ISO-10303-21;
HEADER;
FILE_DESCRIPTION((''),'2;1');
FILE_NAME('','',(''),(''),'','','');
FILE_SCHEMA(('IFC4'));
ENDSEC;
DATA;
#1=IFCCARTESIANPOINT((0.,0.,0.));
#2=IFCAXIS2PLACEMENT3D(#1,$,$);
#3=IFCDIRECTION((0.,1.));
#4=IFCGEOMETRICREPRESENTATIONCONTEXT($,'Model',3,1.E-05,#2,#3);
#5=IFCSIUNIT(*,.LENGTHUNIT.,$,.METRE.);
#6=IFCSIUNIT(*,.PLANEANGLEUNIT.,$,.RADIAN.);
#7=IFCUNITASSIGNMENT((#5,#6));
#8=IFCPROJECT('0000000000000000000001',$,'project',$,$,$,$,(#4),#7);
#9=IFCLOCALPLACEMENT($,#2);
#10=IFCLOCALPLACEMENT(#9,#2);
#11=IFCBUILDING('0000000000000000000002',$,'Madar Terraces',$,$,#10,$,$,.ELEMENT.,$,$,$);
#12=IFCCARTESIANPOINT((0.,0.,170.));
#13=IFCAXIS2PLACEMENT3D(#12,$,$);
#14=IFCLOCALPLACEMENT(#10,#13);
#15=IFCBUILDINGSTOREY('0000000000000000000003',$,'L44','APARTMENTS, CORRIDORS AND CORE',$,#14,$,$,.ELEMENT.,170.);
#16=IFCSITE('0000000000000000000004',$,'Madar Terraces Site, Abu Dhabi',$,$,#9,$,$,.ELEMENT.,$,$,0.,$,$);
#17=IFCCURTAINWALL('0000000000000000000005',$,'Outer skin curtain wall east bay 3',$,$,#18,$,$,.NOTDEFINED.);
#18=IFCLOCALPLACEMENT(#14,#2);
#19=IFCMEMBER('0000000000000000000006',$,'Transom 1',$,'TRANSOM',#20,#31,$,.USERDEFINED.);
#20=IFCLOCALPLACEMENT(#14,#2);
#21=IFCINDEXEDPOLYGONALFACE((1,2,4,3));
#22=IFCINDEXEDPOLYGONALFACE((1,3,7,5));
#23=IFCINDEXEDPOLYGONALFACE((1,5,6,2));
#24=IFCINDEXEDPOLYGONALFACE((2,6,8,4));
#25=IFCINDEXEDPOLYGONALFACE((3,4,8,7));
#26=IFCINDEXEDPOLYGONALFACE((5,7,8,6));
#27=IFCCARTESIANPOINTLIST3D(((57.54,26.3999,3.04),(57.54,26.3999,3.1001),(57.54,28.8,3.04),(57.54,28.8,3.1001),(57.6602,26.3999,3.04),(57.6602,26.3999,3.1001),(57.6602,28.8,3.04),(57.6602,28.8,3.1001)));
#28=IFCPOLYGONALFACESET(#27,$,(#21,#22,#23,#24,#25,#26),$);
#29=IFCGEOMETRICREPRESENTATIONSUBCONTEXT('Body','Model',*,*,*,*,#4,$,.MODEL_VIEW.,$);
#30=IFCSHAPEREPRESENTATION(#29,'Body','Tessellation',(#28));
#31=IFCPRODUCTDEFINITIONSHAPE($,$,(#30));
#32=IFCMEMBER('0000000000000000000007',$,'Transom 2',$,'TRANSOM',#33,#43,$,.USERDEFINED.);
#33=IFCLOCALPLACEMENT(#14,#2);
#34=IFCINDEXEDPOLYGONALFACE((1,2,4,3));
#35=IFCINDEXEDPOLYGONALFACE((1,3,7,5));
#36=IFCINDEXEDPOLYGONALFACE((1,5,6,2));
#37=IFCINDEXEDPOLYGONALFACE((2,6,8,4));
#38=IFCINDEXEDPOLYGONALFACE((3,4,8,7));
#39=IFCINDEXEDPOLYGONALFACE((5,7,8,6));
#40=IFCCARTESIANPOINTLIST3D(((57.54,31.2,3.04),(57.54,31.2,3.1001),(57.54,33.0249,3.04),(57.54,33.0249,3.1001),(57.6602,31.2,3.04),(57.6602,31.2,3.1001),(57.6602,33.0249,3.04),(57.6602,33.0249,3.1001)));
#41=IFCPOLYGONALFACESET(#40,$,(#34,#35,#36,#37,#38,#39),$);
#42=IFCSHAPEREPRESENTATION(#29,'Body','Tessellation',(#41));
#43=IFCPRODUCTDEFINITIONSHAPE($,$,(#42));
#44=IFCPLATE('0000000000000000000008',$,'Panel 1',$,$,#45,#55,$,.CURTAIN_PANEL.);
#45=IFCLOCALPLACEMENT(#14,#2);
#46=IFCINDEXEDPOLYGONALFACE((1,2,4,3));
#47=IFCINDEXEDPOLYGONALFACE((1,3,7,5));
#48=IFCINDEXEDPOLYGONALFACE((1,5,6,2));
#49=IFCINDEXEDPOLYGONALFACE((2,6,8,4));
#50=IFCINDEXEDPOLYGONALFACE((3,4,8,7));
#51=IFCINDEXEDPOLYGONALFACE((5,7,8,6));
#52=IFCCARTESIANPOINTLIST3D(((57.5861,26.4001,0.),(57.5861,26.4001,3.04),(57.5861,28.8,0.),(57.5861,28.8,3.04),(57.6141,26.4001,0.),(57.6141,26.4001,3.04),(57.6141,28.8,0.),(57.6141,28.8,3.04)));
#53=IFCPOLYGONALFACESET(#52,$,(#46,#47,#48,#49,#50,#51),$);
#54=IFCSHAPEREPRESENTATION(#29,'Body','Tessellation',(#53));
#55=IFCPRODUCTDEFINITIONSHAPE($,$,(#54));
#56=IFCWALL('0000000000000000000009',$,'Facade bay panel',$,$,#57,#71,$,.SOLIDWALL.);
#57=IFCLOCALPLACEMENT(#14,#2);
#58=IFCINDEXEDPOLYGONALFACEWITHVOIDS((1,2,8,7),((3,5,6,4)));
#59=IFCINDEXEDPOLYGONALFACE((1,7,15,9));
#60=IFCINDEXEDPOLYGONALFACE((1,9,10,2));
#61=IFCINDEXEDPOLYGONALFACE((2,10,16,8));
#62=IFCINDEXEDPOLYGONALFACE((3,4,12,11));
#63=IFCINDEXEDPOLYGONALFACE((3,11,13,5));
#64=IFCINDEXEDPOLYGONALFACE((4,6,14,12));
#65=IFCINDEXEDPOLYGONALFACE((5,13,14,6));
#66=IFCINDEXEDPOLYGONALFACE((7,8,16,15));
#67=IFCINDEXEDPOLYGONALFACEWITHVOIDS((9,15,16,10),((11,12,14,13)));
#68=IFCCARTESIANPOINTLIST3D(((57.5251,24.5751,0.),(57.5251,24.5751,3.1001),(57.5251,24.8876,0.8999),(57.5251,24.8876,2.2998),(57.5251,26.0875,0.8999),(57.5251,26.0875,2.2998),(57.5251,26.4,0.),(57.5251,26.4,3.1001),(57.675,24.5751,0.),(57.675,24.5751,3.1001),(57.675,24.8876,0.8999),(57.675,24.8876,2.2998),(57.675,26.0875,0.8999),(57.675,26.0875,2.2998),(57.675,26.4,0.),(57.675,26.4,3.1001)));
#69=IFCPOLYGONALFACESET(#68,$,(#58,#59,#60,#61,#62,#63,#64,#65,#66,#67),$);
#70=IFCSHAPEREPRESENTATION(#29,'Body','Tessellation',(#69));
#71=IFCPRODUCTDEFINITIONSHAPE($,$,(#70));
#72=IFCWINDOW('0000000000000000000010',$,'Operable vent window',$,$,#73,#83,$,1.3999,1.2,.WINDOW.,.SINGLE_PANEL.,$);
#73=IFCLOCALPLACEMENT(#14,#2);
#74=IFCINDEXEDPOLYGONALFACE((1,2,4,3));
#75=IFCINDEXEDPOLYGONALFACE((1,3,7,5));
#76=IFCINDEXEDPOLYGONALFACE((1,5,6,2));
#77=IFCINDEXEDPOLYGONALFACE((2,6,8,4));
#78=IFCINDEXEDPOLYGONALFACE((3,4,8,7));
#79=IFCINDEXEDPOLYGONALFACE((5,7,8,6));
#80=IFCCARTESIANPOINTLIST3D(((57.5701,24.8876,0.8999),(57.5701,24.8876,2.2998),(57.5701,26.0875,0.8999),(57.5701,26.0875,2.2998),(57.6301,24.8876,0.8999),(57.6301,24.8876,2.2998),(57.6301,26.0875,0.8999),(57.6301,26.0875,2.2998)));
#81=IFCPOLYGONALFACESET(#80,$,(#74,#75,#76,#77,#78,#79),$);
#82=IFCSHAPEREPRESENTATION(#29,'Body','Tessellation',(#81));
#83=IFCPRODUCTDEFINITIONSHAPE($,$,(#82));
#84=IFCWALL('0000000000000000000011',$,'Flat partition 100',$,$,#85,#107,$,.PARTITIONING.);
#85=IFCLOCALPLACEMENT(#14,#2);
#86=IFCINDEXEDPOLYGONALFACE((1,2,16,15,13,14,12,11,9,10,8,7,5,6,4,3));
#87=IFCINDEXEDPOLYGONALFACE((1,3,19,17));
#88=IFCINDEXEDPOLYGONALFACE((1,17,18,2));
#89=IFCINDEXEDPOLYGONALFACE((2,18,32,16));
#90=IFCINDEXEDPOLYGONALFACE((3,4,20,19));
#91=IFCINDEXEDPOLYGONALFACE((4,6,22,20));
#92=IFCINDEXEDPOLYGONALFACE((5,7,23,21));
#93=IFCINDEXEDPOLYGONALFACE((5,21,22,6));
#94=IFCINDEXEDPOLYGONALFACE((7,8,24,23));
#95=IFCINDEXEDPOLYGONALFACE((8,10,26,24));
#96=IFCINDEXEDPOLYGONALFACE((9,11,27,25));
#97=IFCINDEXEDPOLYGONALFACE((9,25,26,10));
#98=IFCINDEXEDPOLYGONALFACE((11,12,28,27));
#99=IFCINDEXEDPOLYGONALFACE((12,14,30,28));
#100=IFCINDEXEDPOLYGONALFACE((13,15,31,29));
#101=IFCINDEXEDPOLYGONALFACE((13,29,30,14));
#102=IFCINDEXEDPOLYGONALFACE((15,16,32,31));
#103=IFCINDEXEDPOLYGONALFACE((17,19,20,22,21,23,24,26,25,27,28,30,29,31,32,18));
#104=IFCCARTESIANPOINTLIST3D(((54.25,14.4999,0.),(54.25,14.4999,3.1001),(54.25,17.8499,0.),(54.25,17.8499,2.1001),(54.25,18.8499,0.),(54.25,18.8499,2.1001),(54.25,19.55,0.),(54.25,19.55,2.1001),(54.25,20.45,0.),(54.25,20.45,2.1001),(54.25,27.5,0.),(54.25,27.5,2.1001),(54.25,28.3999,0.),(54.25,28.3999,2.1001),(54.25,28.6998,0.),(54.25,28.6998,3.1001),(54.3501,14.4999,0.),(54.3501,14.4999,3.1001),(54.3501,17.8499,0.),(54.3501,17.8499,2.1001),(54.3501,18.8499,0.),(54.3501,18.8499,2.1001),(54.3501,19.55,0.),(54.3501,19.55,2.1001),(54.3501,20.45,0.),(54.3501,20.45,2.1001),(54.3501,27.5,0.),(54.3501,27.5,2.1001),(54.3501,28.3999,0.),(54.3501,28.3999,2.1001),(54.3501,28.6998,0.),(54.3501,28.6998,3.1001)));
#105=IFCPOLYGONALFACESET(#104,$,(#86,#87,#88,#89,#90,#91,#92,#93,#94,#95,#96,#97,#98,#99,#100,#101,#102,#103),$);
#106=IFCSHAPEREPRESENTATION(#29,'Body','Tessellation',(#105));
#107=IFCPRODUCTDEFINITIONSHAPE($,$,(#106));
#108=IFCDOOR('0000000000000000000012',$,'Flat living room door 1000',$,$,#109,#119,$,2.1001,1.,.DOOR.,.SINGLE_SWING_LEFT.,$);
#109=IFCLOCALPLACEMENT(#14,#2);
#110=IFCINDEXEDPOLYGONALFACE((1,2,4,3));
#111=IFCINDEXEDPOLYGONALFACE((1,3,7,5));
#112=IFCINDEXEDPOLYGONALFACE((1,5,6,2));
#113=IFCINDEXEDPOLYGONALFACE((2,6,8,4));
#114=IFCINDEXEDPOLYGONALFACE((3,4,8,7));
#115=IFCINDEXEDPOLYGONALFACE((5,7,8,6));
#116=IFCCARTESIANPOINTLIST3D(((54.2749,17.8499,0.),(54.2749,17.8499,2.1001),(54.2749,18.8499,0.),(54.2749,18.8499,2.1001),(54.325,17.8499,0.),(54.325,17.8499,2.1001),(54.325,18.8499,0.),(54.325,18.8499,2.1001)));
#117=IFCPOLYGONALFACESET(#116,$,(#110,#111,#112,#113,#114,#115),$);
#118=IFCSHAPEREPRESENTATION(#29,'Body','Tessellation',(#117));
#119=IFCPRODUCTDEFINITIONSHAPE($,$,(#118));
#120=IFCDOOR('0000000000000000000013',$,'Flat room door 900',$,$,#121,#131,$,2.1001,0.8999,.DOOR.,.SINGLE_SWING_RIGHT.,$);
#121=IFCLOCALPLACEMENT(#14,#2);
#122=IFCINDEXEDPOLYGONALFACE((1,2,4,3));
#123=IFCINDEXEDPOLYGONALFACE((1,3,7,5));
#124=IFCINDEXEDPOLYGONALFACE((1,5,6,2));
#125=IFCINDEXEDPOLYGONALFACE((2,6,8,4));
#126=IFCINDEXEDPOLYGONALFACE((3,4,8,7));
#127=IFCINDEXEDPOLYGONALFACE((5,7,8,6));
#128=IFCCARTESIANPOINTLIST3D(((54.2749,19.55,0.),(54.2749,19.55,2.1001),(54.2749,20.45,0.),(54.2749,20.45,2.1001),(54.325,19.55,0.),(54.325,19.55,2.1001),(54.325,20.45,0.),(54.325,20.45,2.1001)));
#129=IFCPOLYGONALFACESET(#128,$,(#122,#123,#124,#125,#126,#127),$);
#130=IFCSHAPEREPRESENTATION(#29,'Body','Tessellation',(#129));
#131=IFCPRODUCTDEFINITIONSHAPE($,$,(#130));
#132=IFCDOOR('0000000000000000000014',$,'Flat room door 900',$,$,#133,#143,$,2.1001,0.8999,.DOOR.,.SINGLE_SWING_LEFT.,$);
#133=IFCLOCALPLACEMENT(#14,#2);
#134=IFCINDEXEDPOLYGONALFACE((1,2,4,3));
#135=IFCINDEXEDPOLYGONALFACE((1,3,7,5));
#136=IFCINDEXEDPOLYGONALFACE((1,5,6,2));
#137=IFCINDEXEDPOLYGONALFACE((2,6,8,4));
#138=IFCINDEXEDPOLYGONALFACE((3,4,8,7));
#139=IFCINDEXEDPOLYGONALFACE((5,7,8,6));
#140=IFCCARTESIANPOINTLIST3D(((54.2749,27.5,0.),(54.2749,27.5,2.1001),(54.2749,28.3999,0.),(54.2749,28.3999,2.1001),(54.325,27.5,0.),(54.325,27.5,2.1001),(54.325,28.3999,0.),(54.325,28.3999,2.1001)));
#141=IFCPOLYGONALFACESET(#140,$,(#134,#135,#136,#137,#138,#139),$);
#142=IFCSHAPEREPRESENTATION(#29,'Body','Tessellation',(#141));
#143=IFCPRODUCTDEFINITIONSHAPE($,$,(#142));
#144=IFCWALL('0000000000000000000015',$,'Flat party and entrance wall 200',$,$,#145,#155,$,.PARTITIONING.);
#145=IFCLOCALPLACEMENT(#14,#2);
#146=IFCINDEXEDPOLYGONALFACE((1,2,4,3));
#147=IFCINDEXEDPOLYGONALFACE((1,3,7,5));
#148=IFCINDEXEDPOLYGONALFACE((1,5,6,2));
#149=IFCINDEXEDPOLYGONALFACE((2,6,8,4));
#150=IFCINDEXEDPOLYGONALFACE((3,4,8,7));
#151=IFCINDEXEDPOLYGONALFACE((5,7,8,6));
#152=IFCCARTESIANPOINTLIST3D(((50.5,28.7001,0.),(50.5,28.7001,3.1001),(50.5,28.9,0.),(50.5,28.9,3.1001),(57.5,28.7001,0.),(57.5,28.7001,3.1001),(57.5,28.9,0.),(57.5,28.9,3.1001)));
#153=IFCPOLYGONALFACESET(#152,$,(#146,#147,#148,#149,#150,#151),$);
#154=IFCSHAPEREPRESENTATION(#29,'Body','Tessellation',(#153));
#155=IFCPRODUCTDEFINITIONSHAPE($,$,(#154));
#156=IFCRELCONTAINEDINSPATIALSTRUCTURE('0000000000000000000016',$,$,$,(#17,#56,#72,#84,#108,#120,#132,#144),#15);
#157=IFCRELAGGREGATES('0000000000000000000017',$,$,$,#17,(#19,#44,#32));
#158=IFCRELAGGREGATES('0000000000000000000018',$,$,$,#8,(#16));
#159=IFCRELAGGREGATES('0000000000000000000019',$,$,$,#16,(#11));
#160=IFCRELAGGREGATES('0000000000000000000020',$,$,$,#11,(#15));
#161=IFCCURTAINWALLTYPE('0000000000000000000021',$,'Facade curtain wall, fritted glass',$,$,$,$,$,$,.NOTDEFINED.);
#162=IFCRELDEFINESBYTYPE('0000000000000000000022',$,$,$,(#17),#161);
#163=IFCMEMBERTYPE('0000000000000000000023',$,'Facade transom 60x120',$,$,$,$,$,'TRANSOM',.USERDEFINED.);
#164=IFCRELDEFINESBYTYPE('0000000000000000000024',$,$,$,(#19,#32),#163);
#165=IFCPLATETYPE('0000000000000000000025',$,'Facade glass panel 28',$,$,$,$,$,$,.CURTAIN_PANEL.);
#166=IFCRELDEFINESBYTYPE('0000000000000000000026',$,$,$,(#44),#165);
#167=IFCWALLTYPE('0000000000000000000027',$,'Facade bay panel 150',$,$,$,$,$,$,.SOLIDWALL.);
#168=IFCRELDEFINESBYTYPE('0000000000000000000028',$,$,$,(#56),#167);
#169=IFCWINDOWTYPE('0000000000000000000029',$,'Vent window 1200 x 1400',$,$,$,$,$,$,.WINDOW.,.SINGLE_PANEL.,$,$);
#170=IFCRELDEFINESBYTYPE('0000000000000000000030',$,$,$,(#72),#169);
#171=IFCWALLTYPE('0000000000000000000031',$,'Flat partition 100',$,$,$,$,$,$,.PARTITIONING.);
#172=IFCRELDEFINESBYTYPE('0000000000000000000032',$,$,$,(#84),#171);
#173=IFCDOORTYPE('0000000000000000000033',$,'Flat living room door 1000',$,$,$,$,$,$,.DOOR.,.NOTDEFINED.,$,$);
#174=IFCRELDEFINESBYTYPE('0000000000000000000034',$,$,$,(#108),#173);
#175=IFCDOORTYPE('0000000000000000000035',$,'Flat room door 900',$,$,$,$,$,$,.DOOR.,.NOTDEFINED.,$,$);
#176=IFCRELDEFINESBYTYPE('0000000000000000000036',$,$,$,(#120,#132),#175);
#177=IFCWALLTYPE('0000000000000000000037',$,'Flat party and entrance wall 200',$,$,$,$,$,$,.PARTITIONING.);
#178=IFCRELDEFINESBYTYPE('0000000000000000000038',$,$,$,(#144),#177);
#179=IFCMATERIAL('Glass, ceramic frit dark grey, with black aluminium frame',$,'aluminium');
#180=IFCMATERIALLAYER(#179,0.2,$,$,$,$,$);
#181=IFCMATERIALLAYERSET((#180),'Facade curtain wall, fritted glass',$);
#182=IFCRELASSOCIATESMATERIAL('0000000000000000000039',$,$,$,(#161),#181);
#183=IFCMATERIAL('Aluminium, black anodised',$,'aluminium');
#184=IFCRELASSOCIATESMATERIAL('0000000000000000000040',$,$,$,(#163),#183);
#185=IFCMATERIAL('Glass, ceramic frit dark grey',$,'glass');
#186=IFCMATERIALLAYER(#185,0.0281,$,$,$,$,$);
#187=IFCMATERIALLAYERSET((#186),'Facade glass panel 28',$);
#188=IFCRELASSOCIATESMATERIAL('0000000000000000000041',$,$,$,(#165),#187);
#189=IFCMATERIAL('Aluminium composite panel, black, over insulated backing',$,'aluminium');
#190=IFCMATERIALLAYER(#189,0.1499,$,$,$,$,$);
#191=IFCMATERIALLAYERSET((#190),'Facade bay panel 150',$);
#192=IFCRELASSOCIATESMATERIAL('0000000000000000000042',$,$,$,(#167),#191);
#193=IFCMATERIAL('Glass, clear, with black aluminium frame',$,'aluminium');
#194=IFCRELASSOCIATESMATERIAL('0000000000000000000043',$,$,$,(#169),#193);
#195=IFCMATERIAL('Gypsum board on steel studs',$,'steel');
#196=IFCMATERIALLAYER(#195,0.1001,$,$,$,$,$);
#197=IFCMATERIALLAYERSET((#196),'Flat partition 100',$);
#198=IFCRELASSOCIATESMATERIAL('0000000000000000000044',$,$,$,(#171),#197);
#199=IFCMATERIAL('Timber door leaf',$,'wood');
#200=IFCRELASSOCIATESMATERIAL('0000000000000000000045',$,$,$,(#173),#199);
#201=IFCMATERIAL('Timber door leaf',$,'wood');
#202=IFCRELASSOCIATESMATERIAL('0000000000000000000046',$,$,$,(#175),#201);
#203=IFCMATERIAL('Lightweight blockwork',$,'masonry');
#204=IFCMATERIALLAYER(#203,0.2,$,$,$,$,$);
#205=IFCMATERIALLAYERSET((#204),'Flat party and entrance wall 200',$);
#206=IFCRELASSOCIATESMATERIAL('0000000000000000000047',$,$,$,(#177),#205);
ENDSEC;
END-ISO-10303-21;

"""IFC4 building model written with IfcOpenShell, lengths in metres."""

from ifc_helpers import new_model, si_unit, direction, frame, frame_2d, origin, origin_2d, place, context, subcontext, project, spatial, rectangle, extrude, material, layer, layer_set, material_profile, profile_set, type_object, element, fill, aggregate, save


model = new_model("IFC4")

# Units and contexts
model_context = context("Model", 3, precision=1e-05, world=origin(), true_north=direction((0.0, 1.0)))
body_context = subcontext(model_context, "Body", "Model", "MODEL_VIEW")
ifc_project = project(units=[si_unit("LENGTHUNIT", "METRE"), si_unit("PLANEANGLEUNIT", "RADIAN")], contexts=[model_context])

# Site, building, storey
site_placement = place(None, origin())
site = spatial("IfcSite", under=ifc_project, at=site_placement, Name="Madar Terraces Site, Abu Dhabi", CompositionType="ELEMENT", RefElevation=0.0)
building_placement = place(site_placement, origin())
building = spatial("IfcBuilding", under=site, at=building_placement, Name="Madar Terraces", CompositionType="ELEMENT")
storey_placement = place(building_placement, frame((0.0, 0.0, 170.0)))
storey = spatial("IfcBuildingStorey", under=building, at=storey_placement, Name="L44", Description="APARTMENTS, CORRIDORS AND CORE", CompositionType="ELEMENT", Elevation=170.0)

# Curtain wall, members, plate
ifc_material_1 = material(Name="Glass, ceramic frit dark grey, with black aluminium frame", Category="aluminium")
ifc_layer_1 = layer(ifc_material_1, 0.2)
ifc_layer_set_1 = layer_set([ifc_layer_1], Name="Facade curtain wall, fritted glass")
curtain_wall_type = type_object("IfcCurtainWallType", Name="Facade curtain wall, fritted glass", PredefinedType="NOTDEFINED", material=ifc_layer_set_1)
curtain_wall_placement = place(storey_placement, origin())
curtain_wall = element("IfcCurtainWall", 1, at=curtain_wall_placement, inside=storey, type_object=curtain_wall_type, Name="Outer skin curtain wall east bay 3", PredefinedType="NOTDEFINED")
ifc_material_2 = material(Name="Aluminium, black anodised", Category="aluminium")
ifc_material_profile = material_profile(ifc_material_2, rectangle(XDim=0.1201, YDim=0.0601, at=origin_2d()), Name="Facade transom 60x120")
ifc_profile_set = profile_set([ifc_material_profile], Name="Aluminium, black anodised")
member_type = type_object("IfcMemberType", Name="Facade transom 60x120", ElementType="TRANSOM", PredefinedType="USERDEFINED", material=ifc_profile_set)
member_1_placement = place(storey_placement, frame((57.6001, 26.3999, 3.0701), z_axis=(0.0, 1.0, 0.0), x_axis=(-1.0, 0.0, 0.0)))
member_1 = element("IfcMember", 2, at=member_1_placement, type_object=member_type, Name="Transom 1", ObjectType="TRANSOM", PredefinedType="USERDEFINED", context=body_context, shape_type="SweptSolid", body=[
    extrude(rectangle(XDim=0.1201, YDim=0.0601, at=origin_2d()), origin(), (0.0, 0.0, 1.0), 2.4001),
])
member_2_placement = place(storey_placement, frame((57.6001, 31.2, 3.0701), z_axis=(0.0, 1.0, 0.0), x_axis=(-1.0, 0.0, 0.0)))
member_2 = element("IfcMember", 3, at=member_2_placement, type_object=member_type, Name="Transom 2", ObjectType="TRANSOM", PredefinedType="USERDEFINED", context=body_context, shape_type="SweptSolid", body=[
    extrude(rectangle(XDim=0.1201, YDim=0.0601, at=origin_2d()), origin(), (0.0, 0.0, 1.0), 1.825),
])
ifc_material_3 = material(Name="Glass, ceramic frit dark grey", Category="glass")
ifc_layer_2 = layer(ifc_material_3, 0.0281)
ifc_layer_set_2 = layer_set([ifc_layer_2], Name="Facade glass panel 28")
plate_type = type_object("IfcPlateType", Name="Facade glass panel 28", PredefinedType="CURTAIN_PANEL", material=ifc_layer_set_2)
plate_placement = place(storey_placement, frame((57.6001, 27.6001, 0.0), z_axis=(0.0, 0.0, 1.0), x_axis=(0.0, 1.0, 0.0)))
plate = element("IfcPlate", 4, at=plate_placement, type_object=plate_type, Name="Panel 1", PredefinedType="CURTAIN_PANEL", context=body_context, shape_type="SweptSolid", body=[
    extrude(rectangle(XDim=2.3999, YDim=0.0281, at=origin_2d()), origin(), (0.0, 0.0, 1.0), 3.04),
])
aggregate(curtain_wall, [member_1, plate, member_2])

# Wall, opening, window
ifc_material_4 = material(Name="Aluminium composite panel, black, over insulated backing", Category="aluminium")
ifc_layer_3 = layer(ifc_material_4, 0.1499)
ifc_layer_set_3 = layer_set([ifc_layer_3], Name="Facade bay panel 150")
wall_type_1 = type_object("IfcWallType", Name="Facade bay panel 150", PredefinedType="SOLIDWALL", material=ifc_layer_set_3)
wall_1_placement = place(storey_placement, frame((57.6001, 24.575, 0.0), z_axis=(0.0, 0.0, 1.0), x_axis=(0.0, 1.0, 0.0)))
wall_1 = element("IfcWall", 5, at=wall_1_placement, inside=storey, type_object=wall_type_1, Name="Facade bay panel", PredefinedType="SOLIDWALL", context=body_context, shape_type="SweptSolid", body=[
    extrude(rectangle(XDim=1.825, YDim=0.1499, at=frame_2d((0.9126, 0.0))), origin(), (0.0, 0.0, 1.0), 3.1001),
])
opening_1_placement = place(wall_1_placement, frame((0.3125, 0.0, 0.8999)))
opening_1 = element("IfcOpeningElement", 6, at=opening_1_placement, cuts=wall_1, PredefinedType="OPENING", context=body_context, shape_type="SweptSolid", body=[
    extrude(rectangle(XDim=1.2, YDim=1.3999, at=frame_2d((0.6001, 0.7))), frame((0.0, 0.085, 0.0), z_axis=(0.0, -1.0, 0.0), x_axis=(1.0, 0.0, 0.0)), (0.0, 0.0, 1.0), 0.1699),
])
ifc_material_5 = material(Name="Glass, clear, with black aluminium frame", Category="aluminium")
window_type = type_object("IfcWindowType", Name="Vent window 1200 x 1400", PartitioningType="SINGLE_PANEL", PredefinedType="WINDOW", material=ifc_material_5)
window_placement = place(opening_1_placement, origin())
window = element("IfcWindow", 7, at=window_placement, inside=storey, type_object=window_type, Name="Operable vent window", OverallHeight=1.3999, OverallWidth=1.2, PartitioningType="SINGLE_PANEL", PredefinedType="WINDOW", context=body_context, shape_type="SweptSolid", body=[
    extrude(rectangle(XDim=1.2, YDim=1.3999, at=frame_2d((0.6001, 0.7))), frame((0.0, 0.03, 0.0), z_axis=(0.0, -1.0, 0.0), x_axis=(1.0, 0.0, 0.0)), (0.0, 0.0, 1.0), 0.0601),
])
fill(opening_1, window)

# Wall, openings, doors
ifc_material_6 = material(Name="Gypsum board on steel studs", Category="steel")
ifc_layer_4 = layer(ifc_material_6, 0.1001)
ifc_layer_set_4 = layer_set([ifc_layer_4], Name="Flat partition 100")
wall_type_2 = type_object("IfcWallType", Name="Flat partition 100", PredefinedType="PARTITIONING", material=ifc_layer_set_4)
wall_2_placement = place(storey_placement, frame((54.3, 28.7, 0.0), z_axis=(0.0, 0.0, 1.0), x_axis=(0.0, -1.0, 0.0)))
wall_2 = element("IfcWall", 8, at=wall_2_placement, inside=storey, type_object=wall_type_2, Name="Flat partition 100", PredefinedType="PARTITIONING", context=body_context, shape_type="SweptSolid", body=[
    extrude(rectangle(XDim=14.2, YDim=0.1001, at=frame_2d((7.1001, 0.0))), origin(), (0.0, 0.0, 1.0), 3.1001),
])
opening_2_placement = place(wall_2_placement, frame((9.8501, 0.0, 0.0)))
opening_2 = element("IfcOpeningElement", 9, at=opening_2_placement, cuts=wall_2, PredefinedType="OPENING", context=body_context, shape_type="SweptSolid", body=[
    extrude(rectangle(XDim=1.0, YDim=2.1001, at=frame_2d((0.5, 1.05))), frame((0.0, 0.0601, 0.0), z_axis=(0.0, -1.0, 0.0), x_axis=(1.0, 0.0, 0.0)), (0.0, 0.0, 1.0), 0.1201),
])
opening_3_placement = place(wall_2_placement, frame((8.25, 0.0, 0.0)))
opening_3 = element("IfcOpeningElement", 10, at=opening_3_placement, cuts=wall_2, PredefinedType="OPENING", context=body_context, shape_type="SweptSolid", body=[
    extrude(rectangle(XDim=0.8999, YDim=2.1001, at=frame_2d((0.45, 1.05))), frame((0.0, 0.0601, 0.0), z_axis=(0.0, -1.0, 0.0), x_axis=(1.0, 0.0, 0.0)), (0.0, 0.0, 1.0), 0.1201),
])
opening_4_placement = place(wall_2_placement, frame((0.3, 0.0, 0.0)))
opening_4 = element("IfcOpeningElement", 11, at=opening_4_placement, cuts=wall_2, PredefinedType="OPENING", context=body_context, shape_type="SweptSolid", body=[
    extrude(rectangle(XDim=0.8999, YDim=2.1001, at=frame_2d((0.45, 1.05))), frame((0.0, 0.0601, 0.0), z_axis=(0.0, -1.0, 0.0), x_axis=(1.0, 0.0, 0.0)), (0.0, 0.0, 1.0), 0.1201),
])
ifc_material_7 = material(Name="Timber door leaf", Category="wood")
door_type_1 = type_object("IfcDoorType", Name="Flat living room door 1000", OperationType="NOTDEFINED", PredefinedType="DOOR", material=ifc_material_7)
door_1_placement = place(opening_2_placement, origin())
door_1 = element("IfcDoor", 12, at=door_1_placement, inside=storey, type_object=door_type_1, Name="Flat living room door 1000", OperationType="SINGLE_SWING_LEFT", OverallHeight=2.1001, OverallWidth=1.0, PredefinedType="DOOR", context=body_context, shape_type="SweptSolid", body=[
    extrude(rectangle(XDim=1.0, YDim=2.1001, at=frame_2d((0.5, 1.05))), frame((0.0, 0.0249, 0.0), z_axis=(0.0, -1.0, 0.0), x_axis=(1.0, 0.0, 0.0)), (0.0, 0.0, 1.0), 0.05),
])
fill(opening_2, door_1)
ifc_material_8 = material(Name="Timber door leaf", Category="wood")
door_type_2 = type_object("IfcDoorType", Name="Flat room door 900", OperationType="NOTDEFINED", PredefinedType="DOOR", material=ifc_material_8)
door_2_placement = place(opening_3_placement, origin())
door_2 = element("IfcDoor", 13, at=door_2_placement, inside=storey, type_object=door_type_2, Name="Flat room door 900", OperationType="SINGLE_SWING_RIGHT", OverallHeight=2.1001, OverallWidth=0.8999, PredefinedType="DOOR", context=body_context, shape_type="SweptSolid", body=[
    extrude(rectangle(XDim=0.8999, YDim=2.1001, at=frame_2d((0.45, 1.05))), frame((0.0, 0.0249, 0.0), z_axis=(0.0, -1.0, 0.0), x_axis=(1.0, 0.0, 0.0)), (0.0, 0.0, 1.0), 0.05),
])
fill(opening_3, door_2)
door_3_placement = place(opening_4_placement, origin())
door_3 = element("IfcDoor", 14, at=door_3_placement, inside=storey, type_object=door_type_2, Name="Flat room door 900", OperationType="SINGLE_SWING_LEFT", OverallHeight=2.1001, OverallWidth=0.8999, PredefinedType="DOOR", context=body_context, shape_type="SweptSolid", body=[
    extrude(rectangle(XDim=0.8999, YDim=2.1001, at=frame_2d((0.45, 1.05))), frame((0.0, 0.0249, 0.0), z_axis=(0.0, -1.0, 0.0), x_axis=(1.0, 0.0, 0.0)), (0.0, 0.0, 1.0), 0.05),
])
fill(opening_4, door_3)

# Wall
ifc_material_9 = material(Name="Lightweight blockwork", Category="masonry")
ifc_layer_5 = layer(ifc_material_9, 0.2)
ifc_layer_set_5 = layer_set([ifc_layer_5], Name="Flat party and entrance wall 200")
wall_type_3 = type_object("IfcWallType", Name="Flat party and entrance wall 200", PredefinedType="PARTITIONING", material=ifc_layer_set_5)
wall_3_placement = place(storey_placement, frame((50.5, 28.8, 0.0), z_axis=(0.0, 0.0, 1.0), x_axis=(1.0, 0.0, 0.0)))
element("IfcWall", 15, at=wall_3_placement, inside=storey, type_object=wall_type_3, Name="Flat party and entrance wall 200", PredefinedType="PARTITIONING", context=body_context, shape_type="SweptSolid", body=[
    extrude(rectangle(XDim=7.0, YDim=0.2, at=frame_2d((3.5, 0.0))), origin(), (0.0, 0.0, 1.0), 3.1001),
])

save(model, "model.ifc")
